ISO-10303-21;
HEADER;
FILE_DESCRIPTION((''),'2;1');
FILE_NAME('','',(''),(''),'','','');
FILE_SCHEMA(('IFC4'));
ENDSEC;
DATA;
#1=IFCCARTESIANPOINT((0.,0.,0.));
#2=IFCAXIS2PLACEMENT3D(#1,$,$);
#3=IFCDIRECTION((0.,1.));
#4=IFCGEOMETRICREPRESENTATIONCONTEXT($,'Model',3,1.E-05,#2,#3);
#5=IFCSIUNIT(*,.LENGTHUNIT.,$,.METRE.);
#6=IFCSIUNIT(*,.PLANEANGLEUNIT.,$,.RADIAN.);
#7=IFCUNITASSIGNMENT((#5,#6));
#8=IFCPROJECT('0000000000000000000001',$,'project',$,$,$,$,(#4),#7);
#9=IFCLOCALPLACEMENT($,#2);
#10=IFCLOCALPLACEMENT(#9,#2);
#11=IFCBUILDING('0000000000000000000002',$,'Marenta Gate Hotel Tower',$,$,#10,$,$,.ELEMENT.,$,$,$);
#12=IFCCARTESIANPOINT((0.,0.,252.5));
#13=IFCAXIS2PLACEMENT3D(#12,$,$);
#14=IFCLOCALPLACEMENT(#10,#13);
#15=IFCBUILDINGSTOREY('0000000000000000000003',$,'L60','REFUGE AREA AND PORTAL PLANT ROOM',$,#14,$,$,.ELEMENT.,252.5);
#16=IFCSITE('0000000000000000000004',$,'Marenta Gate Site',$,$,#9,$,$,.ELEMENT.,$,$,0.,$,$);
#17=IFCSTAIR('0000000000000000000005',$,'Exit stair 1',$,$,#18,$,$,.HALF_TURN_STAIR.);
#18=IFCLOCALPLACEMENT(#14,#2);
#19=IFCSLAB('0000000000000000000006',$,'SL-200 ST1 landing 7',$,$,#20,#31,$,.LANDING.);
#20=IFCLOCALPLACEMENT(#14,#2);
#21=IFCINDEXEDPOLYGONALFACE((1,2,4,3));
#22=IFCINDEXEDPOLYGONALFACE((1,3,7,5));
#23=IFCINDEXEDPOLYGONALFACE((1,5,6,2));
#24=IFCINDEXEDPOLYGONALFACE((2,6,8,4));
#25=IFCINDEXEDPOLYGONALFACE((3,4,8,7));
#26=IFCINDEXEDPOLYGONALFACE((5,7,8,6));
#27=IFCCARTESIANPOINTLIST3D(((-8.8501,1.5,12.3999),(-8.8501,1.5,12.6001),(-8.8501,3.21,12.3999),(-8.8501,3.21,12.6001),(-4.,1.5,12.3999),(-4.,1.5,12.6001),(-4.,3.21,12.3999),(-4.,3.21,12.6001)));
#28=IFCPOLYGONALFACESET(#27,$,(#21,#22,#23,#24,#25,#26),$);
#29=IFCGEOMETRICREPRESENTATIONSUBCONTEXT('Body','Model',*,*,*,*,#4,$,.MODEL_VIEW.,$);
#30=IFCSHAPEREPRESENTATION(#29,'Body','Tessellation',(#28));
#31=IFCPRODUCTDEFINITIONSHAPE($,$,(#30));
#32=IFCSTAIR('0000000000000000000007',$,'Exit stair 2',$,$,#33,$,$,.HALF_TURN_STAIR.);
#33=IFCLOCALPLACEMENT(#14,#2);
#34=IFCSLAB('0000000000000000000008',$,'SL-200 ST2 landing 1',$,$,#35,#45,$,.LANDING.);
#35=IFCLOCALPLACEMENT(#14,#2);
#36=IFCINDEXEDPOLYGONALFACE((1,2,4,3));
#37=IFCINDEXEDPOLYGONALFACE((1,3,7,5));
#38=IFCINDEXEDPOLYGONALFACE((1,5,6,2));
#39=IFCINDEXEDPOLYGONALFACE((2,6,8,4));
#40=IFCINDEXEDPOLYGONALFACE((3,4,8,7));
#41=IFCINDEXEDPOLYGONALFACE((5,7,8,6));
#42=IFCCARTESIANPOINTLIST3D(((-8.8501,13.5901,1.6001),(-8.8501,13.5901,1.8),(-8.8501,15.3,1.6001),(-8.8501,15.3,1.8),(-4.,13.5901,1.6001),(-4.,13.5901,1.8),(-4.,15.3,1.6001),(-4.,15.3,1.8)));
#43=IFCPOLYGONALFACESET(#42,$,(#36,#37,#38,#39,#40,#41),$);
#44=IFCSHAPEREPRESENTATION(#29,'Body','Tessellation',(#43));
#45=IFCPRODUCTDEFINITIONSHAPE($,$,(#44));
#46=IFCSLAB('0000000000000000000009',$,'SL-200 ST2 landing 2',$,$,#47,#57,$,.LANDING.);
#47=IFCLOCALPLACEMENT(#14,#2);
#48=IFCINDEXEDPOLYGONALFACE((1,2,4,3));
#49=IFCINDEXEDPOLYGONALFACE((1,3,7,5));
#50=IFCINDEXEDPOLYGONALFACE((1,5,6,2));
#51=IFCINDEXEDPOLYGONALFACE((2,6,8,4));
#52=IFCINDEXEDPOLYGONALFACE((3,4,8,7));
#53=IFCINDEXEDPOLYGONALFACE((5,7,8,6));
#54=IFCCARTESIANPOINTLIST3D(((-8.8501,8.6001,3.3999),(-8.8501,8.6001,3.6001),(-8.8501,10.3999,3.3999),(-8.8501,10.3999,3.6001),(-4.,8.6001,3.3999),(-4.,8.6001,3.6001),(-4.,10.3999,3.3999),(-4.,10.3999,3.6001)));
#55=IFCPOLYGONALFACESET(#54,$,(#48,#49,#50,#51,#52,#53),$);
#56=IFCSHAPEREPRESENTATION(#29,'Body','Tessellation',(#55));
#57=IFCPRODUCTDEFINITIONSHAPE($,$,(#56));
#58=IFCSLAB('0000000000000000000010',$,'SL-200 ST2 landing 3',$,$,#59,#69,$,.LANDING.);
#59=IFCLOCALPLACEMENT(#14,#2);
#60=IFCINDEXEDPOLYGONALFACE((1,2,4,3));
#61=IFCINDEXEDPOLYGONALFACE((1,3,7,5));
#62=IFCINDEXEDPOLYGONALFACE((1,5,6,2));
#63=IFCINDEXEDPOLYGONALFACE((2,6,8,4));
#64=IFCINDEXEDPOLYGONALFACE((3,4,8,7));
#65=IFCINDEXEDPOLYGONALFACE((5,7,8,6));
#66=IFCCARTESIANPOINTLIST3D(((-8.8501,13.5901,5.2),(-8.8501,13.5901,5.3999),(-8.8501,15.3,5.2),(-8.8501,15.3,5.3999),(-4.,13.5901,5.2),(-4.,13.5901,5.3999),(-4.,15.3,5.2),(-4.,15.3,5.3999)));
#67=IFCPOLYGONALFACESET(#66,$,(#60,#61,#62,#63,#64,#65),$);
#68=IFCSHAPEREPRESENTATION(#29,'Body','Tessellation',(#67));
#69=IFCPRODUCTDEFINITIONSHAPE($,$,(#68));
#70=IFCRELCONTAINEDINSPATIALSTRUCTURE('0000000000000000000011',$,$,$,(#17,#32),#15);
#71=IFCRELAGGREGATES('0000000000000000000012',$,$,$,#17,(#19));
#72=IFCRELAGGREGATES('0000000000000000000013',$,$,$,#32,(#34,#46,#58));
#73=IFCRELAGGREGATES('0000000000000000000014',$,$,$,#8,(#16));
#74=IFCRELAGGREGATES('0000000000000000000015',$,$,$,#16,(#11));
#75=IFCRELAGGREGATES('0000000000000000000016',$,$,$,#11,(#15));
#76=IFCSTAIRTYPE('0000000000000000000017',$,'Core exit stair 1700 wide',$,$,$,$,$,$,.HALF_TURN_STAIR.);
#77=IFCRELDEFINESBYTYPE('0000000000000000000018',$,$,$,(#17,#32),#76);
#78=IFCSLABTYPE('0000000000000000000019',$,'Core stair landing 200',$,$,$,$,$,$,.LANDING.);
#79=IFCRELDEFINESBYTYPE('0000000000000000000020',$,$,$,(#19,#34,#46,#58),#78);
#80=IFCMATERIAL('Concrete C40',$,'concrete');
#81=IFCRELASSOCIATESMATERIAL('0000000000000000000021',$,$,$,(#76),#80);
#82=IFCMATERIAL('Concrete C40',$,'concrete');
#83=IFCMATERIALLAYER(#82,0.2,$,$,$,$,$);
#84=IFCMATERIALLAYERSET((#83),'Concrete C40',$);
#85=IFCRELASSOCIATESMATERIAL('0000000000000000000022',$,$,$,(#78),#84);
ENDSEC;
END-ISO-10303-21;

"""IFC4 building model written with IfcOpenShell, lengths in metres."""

from ifc_helpers import new_model, si_unit, direction, frame, origin, place, context, subcontext, project, spatial, polyline, outline, extrude, material, layer, layer_set, type_object, element, aggregate, save


model = new_model("IFC4")

# Units and contexts
model_context = context("Model", 3, precision=1e-05, world=origin(), true_north=direction((0.0, 1.0)))
body_context = subcontext(model_context, "Body", "Model", "MODEL_VIEW")
ifc_project = project(units=[si_unit("LENGTHUNIT", "METRE"), si_unit("PLANEANGLEUNIT", "RADIAN")], contexts=[model_context])

# Site, building, storey
site_placement = place(None, origin())
site = spatial("IfcSite", under=ifc_project, at=site_placement, Name="Marenta Gate Site", CompositionType="ELEMENT", RefElevation=0.0)
building_placement = place(site_placement, origin())
building = spatial("IfcBuilding", under=site, at=building_placement, Name="Marenta Gate Hotel Tower", CompositionType="ELEMENT")
storey_placement = place(building_placement, frame((0.0, 0.0, 252.5)))
storey = spatial("IfcBuildingStorey", under=building, at=storey_placement, Name="L60", Description="REFUGE AREA AND PORTAL PLANT ROOM", CompositionType="ELEMENT", Elevation=252.5)

# Stairs, slabs
ifc_material_1 = material(Name="Concrete C40", Category="concrete")
stair_type = type_object("IfcStairType", Name="Core exit stair 1700 wide", PredefinedType="HALF_TURN_STAIR", material=ifc_material_1)
stair_1_placement = place(storey_placement, origin())
stair_1 = element("IfcStair", 1, at=stair_1_placement, inside=storey, type_object=stair_type, Name="Exit stair 1", PredefinedType="HALF_TURN_STAIR")
ifc_material_2 = material(Name="Concrete C40", Category="concrete")
ifc_layer_1 = layer(ifc_material_2, 0.2)
ifc_layer_set_1 = layer_set([ifc_layer_1], Name="Concrete C40")
slab_type_1 = type_object("IfcSlabType", Name="Core stair landing 200", PredefinedType="LANDING", material=ifc_layer_set_1)
slab_1_placement = place(storey_placement, frame((0.0, 0.0, 12.3999)))
slab_1 = element("IfcSlab", 2, at=slab_1_placement, type_object=slab_type_1, Name="SL-200 ST1 landing 7", PredefinedType="LANDING", context=body_context, shape_type="SweptSolid", body=[
    extrude(outline(polyline([(-8.8501, 1.5), (-4.0, 1.5), (-4.0, 3.21), (-8.8501, 3.21), (-8.8501, 1.5)])), origin(), (0.0, 0.0, 1.0), 0.2002),
])
aggregate(stair_1, [slab_1])
stair_2_placement = place(storey_placement, origin())
stair_2 = element("IfcStair", 3, at=stair_2_placement, inside=storey, type_object=stair_type, Name="Exit stair 2", PredefinedType="HALF_TURN_STAIR")
slab_2_placement = place(storey_placement, frame((0.0, 0.0, 1.6001)))
slab_2 = element("IfcSlab", 4, at=slab_2_placement, type_object=slab_type_1, Name="SL-200 ST2 landing 1", PredefinedType="LANDING", context=body_context, shape_type="SweptSolid", body=[
    extrude(outline(polyline([(-8.8501, 13.5901), (-4.0, 13.5901), (-4.0, 15.3), (-8.8501, 15.3), (-8.8501, 13.5901)])), origin(), (0.0, 0.0, 1.0), 0.2),
])
slab_3_placement = place(storey_placement, frame((0.0, 0.0, 3.3999)))
slab_3 = element("IfcSlab", 5, at=slab_3_placement, type_object=slab_type_1, Name="SL-200 ST2 landing 2", PredefinedType="LANDING", context=body_context, shape_type="SweptSolid", body=[
    extrude(outline(polyline([(-8.8501, 8.6001), (-4.0, 8.6001), (-4.0, 10.3999), (-8.8501, 10.3999), (-8.8501, 8.6001)])), origin(), (0.0, 0.0, 1.0), 0.2002),
])
slab_4_placement = place(storey_placement, frame((0.0, 0.0, 5.2)))
slab_4 = element("IfcSlab", 6, at=slab_4_placement, type_object=slab_type_1, Name="SL-200 ST2 landing 3", PredefinedType="LANDING", context=body_context, shape_type="SweptSolid", body=[
    extrude(outline(polyline([(-8.8501, 13.5901), (-4.0, 13.5901), (-4.0, 15.3), (-8.8501, 15.3), (-8.8501, 13.5901)])), origin(), (0.0, 0.0, 1.0), 0.2),
])
aggregate(stair_2, [slab_2, slab_3, slab_4])

save(model, "model.ifc")
